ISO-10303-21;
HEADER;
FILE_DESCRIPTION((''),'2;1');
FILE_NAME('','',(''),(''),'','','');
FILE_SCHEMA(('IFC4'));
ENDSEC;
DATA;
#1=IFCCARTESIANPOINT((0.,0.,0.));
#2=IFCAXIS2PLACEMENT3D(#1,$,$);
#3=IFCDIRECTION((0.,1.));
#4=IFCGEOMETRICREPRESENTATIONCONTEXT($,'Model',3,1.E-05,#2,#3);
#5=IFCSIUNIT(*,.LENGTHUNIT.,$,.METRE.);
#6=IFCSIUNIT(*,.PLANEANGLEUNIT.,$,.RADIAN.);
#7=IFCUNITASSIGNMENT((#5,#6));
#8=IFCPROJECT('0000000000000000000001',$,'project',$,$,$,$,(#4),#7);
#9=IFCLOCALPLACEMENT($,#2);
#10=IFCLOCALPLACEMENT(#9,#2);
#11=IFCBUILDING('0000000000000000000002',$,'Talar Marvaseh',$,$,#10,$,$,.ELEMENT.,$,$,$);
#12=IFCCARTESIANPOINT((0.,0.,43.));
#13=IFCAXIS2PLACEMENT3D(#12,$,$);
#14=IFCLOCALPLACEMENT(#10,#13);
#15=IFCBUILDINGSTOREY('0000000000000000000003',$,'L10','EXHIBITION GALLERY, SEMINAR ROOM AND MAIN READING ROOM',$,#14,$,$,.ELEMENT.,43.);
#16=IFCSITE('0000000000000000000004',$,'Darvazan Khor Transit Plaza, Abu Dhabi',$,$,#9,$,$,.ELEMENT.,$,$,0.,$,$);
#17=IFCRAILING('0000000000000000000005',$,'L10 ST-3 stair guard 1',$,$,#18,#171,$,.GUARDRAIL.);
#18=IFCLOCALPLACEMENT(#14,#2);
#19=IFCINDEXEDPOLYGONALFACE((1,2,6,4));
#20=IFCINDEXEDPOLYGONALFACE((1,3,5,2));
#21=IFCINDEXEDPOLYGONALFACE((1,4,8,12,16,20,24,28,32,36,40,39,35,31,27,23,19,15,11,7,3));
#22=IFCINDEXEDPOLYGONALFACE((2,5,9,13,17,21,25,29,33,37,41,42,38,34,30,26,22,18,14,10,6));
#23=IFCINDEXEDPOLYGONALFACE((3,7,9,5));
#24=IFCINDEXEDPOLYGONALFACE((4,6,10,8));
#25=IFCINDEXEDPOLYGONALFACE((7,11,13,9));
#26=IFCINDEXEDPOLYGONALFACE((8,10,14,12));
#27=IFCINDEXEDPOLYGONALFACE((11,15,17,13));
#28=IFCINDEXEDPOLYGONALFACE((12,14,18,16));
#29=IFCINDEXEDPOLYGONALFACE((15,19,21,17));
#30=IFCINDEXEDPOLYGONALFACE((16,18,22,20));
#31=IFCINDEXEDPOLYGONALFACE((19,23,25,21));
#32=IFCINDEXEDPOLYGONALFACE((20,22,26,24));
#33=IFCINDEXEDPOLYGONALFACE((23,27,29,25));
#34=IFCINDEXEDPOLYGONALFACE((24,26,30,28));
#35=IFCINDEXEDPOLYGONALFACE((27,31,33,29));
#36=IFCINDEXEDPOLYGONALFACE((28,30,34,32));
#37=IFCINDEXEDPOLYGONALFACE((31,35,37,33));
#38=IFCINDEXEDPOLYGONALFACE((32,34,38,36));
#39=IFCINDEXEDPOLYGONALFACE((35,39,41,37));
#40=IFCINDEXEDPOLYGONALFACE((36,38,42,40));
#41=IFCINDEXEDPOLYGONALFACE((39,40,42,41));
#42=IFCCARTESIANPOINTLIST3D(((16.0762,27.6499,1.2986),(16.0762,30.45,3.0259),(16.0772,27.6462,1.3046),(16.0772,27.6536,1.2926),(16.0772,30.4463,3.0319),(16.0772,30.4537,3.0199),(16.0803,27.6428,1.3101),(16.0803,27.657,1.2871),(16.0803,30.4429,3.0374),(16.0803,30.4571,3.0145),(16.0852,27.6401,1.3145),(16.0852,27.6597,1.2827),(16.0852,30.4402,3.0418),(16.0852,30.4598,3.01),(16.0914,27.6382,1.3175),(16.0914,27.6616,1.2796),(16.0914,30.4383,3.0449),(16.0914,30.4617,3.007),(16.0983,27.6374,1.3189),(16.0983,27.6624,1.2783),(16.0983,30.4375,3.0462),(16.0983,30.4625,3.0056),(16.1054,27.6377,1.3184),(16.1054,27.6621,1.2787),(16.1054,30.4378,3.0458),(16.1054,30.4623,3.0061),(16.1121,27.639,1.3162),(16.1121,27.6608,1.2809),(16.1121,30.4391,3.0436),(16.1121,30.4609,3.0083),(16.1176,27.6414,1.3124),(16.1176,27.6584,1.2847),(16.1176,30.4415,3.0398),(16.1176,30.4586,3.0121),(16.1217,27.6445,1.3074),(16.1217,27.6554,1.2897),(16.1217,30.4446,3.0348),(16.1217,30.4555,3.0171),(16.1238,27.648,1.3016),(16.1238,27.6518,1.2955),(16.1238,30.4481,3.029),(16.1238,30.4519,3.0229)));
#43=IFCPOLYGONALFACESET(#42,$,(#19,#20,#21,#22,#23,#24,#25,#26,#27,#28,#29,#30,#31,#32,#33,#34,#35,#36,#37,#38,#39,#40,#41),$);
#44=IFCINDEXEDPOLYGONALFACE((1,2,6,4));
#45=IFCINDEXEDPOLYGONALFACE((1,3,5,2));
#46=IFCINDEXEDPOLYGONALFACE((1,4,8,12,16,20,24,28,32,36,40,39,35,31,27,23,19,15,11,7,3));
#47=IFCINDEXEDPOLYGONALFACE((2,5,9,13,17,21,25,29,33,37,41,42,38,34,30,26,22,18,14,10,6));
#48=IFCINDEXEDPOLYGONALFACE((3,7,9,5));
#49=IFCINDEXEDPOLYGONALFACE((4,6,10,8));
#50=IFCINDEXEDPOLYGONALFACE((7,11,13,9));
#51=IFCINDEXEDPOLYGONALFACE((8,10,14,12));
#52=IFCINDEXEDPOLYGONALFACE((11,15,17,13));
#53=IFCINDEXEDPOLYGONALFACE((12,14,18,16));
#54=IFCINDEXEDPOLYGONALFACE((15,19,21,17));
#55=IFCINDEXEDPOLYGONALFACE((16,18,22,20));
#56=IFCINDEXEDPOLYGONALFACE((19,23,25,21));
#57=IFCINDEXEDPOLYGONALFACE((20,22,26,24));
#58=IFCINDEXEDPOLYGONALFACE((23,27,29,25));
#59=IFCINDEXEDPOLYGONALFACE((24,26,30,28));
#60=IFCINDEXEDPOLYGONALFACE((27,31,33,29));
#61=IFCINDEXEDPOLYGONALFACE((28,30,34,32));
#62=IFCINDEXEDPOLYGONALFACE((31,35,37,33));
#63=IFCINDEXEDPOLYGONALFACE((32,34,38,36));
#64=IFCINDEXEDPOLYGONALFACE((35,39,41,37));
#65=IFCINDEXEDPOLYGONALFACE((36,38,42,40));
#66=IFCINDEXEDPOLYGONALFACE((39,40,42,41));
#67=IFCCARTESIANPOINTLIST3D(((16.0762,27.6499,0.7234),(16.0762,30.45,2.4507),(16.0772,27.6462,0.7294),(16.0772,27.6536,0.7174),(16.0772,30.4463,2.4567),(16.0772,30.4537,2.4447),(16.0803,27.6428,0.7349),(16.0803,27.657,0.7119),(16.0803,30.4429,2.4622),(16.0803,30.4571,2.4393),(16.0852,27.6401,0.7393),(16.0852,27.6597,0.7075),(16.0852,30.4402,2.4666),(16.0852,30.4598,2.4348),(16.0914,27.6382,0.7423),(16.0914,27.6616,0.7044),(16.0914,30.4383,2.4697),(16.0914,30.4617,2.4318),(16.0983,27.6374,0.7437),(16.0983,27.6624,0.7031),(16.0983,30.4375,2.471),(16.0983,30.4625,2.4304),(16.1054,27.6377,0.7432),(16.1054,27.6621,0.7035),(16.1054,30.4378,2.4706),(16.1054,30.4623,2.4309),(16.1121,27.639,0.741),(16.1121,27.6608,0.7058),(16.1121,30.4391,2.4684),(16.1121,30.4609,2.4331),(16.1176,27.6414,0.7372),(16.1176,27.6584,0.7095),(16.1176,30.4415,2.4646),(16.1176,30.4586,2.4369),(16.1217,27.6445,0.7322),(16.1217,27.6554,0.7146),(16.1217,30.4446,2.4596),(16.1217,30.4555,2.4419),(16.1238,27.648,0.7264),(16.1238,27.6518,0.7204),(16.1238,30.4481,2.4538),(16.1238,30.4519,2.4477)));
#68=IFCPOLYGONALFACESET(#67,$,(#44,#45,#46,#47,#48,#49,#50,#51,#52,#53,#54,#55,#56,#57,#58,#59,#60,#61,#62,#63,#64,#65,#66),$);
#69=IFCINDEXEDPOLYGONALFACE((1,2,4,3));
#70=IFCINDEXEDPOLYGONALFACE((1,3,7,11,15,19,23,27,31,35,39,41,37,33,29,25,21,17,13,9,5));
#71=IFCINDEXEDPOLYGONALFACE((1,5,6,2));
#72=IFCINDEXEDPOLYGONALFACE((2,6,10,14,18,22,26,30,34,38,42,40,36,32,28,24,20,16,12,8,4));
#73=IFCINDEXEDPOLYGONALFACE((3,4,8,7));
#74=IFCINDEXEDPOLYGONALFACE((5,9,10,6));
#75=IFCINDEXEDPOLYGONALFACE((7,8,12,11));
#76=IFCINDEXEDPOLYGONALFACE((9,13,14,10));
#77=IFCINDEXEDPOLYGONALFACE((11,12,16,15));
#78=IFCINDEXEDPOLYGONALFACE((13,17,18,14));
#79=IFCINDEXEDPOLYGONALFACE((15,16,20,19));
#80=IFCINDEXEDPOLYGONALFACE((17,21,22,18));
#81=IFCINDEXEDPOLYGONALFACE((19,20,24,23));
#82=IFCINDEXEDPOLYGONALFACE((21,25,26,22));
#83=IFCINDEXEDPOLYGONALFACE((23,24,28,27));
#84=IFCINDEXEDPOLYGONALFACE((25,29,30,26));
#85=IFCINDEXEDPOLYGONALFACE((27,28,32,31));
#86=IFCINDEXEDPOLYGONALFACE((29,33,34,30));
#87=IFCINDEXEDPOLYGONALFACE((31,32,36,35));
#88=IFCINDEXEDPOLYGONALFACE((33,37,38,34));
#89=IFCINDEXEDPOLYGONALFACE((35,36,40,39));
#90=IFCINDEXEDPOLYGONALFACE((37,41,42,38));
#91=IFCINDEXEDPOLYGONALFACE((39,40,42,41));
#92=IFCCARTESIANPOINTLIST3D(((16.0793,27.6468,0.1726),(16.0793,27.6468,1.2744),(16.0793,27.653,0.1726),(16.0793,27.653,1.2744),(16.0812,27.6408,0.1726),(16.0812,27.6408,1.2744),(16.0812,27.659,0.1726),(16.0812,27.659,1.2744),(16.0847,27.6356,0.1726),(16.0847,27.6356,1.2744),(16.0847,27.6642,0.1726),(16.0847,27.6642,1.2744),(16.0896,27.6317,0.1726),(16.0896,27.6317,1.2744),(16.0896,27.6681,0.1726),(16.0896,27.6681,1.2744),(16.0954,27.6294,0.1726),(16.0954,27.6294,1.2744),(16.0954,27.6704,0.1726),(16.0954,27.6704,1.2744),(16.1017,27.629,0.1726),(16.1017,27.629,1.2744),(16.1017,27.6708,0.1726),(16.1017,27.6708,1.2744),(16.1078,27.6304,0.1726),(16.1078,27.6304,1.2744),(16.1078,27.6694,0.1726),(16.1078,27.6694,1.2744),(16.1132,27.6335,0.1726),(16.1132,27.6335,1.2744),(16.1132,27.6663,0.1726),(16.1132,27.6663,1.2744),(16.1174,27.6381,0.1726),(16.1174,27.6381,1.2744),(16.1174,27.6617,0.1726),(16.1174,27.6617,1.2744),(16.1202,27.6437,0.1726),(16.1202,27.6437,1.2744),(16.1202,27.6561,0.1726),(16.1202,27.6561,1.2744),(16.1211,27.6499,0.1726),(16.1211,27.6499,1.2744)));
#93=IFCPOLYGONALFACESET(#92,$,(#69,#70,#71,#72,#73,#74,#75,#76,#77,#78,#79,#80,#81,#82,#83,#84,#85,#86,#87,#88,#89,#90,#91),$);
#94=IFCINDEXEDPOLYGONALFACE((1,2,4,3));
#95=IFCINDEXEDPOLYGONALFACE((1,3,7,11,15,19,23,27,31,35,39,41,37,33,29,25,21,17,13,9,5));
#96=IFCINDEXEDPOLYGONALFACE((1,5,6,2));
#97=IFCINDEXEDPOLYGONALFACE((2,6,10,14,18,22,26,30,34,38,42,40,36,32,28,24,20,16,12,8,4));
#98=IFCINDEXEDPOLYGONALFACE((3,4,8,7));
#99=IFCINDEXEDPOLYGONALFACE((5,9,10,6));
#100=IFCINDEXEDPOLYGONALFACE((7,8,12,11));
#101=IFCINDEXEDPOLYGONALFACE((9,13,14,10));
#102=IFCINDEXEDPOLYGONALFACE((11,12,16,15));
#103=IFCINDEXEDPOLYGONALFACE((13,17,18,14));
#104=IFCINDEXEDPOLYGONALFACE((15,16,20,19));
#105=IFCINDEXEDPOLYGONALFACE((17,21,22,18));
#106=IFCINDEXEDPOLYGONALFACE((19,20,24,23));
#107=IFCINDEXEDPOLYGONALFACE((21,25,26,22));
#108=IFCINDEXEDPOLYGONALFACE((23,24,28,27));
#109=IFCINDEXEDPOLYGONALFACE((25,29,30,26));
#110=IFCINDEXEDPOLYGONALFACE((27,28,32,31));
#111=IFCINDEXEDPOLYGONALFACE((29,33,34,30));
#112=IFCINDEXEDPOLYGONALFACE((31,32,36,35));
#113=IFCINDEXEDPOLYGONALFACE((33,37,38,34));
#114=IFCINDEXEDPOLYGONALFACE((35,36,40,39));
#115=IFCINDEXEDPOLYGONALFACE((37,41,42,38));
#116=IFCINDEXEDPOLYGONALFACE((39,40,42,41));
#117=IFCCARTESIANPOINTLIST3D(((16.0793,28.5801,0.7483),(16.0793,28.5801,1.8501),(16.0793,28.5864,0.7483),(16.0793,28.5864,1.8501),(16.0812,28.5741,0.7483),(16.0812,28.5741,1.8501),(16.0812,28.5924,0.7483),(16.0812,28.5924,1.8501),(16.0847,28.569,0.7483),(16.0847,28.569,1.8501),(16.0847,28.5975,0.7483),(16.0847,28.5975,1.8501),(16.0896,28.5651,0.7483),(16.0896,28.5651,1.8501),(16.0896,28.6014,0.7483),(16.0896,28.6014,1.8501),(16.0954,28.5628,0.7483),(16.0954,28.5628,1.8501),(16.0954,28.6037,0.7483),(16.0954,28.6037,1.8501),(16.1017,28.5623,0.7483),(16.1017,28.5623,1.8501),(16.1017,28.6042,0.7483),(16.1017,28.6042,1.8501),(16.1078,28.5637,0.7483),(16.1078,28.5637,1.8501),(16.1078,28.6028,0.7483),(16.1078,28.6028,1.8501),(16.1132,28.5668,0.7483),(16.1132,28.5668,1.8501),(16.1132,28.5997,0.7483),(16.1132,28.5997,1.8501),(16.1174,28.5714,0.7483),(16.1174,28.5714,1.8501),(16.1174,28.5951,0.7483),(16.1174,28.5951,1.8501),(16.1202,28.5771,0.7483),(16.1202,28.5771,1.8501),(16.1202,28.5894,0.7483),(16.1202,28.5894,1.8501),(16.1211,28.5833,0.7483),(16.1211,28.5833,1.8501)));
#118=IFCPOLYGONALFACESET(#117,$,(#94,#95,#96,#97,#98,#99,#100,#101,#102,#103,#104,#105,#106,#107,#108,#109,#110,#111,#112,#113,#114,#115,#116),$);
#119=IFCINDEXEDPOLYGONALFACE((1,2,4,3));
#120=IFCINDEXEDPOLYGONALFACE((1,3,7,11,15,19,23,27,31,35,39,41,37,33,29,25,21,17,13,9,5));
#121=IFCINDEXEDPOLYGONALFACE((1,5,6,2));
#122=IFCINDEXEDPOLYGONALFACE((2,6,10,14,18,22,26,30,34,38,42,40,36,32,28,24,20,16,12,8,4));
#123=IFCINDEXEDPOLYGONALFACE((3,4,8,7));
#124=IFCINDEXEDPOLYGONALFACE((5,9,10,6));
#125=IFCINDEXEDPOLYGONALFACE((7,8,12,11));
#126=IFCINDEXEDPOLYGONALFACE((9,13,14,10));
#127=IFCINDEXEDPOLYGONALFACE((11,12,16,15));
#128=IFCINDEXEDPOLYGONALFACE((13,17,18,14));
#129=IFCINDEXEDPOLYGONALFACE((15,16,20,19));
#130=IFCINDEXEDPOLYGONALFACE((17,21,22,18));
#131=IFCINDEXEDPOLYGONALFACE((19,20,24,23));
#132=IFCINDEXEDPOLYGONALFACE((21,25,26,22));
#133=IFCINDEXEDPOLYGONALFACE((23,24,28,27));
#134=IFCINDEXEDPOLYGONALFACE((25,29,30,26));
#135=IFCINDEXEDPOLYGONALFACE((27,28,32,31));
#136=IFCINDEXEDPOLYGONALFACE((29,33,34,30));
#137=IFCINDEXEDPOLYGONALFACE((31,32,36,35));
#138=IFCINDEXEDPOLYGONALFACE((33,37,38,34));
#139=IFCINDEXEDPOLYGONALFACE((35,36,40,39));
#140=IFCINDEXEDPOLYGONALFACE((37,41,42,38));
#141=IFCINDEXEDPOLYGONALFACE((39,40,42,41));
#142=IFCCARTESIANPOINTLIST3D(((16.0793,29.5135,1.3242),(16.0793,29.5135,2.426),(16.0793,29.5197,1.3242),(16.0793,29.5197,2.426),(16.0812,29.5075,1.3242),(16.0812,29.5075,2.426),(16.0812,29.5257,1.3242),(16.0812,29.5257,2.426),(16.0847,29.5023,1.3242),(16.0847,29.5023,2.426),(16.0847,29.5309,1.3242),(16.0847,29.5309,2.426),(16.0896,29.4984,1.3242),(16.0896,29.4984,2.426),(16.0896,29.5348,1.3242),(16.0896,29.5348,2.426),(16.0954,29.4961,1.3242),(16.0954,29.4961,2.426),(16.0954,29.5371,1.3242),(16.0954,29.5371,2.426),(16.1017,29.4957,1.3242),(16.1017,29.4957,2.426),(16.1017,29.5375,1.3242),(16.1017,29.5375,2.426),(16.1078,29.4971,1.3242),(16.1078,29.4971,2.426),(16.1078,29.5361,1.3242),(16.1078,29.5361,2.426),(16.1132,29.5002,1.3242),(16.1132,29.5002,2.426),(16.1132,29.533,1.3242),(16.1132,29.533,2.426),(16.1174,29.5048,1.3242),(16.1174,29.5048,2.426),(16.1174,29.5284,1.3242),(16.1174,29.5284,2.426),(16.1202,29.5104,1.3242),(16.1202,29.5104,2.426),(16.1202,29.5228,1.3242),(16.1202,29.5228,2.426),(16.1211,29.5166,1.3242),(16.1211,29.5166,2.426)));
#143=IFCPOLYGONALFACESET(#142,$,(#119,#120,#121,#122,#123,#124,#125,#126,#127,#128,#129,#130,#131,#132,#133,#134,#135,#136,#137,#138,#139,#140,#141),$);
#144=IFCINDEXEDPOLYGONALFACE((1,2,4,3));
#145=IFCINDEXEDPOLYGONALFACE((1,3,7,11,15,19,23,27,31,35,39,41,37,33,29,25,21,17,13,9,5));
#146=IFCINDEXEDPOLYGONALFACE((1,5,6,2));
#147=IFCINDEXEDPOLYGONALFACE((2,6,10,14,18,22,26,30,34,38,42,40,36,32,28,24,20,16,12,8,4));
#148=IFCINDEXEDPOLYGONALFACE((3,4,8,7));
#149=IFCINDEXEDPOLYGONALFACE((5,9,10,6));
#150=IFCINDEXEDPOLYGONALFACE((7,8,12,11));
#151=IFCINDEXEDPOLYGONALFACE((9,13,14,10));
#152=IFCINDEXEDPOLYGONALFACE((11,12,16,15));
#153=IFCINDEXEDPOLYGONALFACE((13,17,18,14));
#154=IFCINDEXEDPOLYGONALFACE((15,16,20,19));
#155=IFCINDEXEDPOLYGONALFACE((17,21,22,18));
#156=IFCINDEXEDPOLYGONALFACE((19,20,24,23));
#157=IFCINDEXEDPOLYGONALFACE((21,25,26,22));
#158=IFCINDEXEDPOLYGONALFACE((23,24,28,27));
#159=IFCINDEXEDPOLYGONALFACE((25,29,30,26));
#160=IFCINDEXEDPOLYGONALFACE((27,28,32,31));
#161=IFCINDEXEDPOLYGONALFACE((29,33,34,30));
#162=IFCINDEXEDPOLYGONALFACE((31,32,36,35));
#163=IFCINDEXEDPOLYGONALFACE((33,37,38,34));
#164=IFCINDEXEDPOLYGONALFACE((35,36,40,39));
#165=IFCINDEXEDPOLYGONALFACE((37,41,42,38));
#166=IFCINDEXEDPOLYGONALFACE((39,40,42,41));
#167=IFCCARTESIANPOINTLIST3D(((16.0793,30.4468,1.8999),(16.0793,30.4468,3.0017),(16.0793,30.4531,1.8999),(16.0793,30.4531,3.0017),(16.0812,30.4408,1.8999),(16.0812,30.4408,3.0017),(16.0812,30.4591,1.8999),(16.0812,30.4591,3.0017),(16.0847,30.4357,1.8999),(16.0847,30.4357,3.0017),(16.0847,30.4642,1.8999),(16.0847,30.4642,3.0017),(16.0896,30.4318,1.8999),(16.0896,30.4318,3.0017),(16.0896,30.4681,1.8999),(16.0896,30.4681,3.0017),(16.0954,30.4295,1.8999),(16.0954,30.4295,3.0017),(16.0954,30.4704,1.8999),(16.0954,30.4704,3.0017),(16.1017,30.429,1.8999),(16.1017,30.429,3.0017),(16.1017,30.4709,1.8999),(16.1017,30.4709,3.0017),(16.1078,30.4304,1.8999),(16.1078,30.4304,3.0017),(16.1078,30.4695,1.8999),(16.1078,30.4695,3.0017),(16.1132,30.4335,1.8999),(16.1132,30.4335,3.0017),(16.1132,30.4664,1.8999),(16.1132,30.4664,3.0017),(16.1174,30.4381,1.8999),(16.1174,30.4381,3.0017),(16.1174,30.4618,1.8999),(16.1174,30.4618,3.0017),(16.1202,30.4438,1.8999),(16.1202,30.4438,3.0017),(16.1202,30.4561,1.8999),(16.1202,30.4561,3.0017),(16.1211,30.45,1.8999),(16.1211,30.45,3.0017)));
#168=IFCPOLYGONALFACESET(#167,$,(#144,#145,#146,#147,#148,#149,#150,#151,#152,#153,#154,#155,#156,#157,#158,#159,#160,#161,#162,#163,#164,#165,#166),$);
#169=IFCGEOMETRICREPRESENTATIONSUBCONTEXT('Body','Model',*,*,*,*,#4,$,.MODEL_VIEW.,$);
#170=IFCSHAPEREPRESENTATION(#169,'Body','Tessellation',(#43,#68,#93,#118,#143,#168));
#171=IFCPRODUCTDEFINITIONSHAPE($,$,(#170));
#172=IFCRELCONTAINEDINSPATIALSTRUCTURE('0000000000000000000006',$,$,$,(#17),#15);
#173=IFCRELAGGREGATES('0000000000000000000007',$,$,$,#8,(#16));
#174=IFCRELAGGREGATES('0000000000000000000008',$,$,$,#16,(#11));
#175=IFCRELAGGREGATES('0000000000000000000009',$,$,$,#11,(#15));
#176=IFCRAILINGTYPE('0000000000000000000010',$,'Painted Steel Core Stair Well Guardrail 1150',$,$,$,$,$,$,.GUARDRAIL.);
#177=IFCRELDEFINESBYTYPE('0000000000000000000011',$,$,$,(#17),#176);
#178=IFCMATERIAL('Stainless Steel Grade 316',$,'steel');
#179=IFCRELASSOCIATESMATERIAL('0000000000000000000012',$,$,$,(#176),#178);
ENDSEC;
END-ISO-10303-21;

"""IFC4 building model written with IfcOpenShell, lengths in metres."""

from ifc_helpers import new_model, si_unit, direction, frame, origin, origin_2d, place, context, subcontext, project, spatial, circle, extrude, material, type_object, element, save


model = new_model("IFC4")

# Units and contexts
model_context = context("Model", 3, precision=1e-05, world=origin(), true_north=direction((0.0, 1.0)))
body_context = subcontext(model_context, "Body", "Model", "MODEL_VIEW")
ifc_project = project(units=[si_unit("LENGTHUNIT", "METRE"), si_unit("PLANEANGLEUNIT", "RADIAN")], contexts=[model_context])

# Site, building, storey
site_placement = place(None, origin())
site = spatial("IfcSite", under=ifc_project, at=site_placement, Name="Darvazan Khor Transit Plaza, Abu Dhabi", CompositionType="ELEMENT", RefElevation=0.0)
building_placement = place(site_placement, origin())
building = spatial("IfcBuilding", under=site, at=building_placement, Name="Talar Marvaseh", CompositionType="ELEMENT")
storey_placement = place(building_placement, frame((0.0, 0.0, 43.0)))
storey = spatial("IfcBuildingStorey", under=building, at=storey_placement, Name="L10", Description="EXHIBITION GALLERY, SEMINAR ROOM AND MAIN READING ROOM", CompositionType="ELEMENT", Elevation=43.0)

# Railing
ifc_material_1 = material(Name="Stainless Steel Grade 316", Category="steel")
railing_type_1 = type_object("IfcRailingType", Name="Painted Steel Core Stair Well Guardrail 1150", PredefinedType="GUARDRAIL", material=ifc_material_1)
railing_1_placement = place(storey_placement, frame((16.1001, 27.6499, 0.1726)))
element("IfcRailing", 1, at=railing_1_placement, inside=storey, type_object=railing_type_1, Name="L10 ST-3 stair guard 1", PredefinedType="GUARDRAIL", context=body_context, shape_type="SweptSolid", body=[
    extrude(circle(Radius=0.0239, at=origin_2d()), frame((0.0, 0.0, 1.126), z_axis=(0.0, 0.85109, 0.52502), x_axis=(-1.0, 0.0, 0.0)), (0.0, 0.0, 1.0), 3.29),
    extrude(circle(Radius=0.0239, at=origin_2d()), frame((0.0, 0.0, 0.5508), z_axis=(0.0, 0.85109, 0.52502), x_axis=(-1.0, 0.0, 0.0)), (0.0, 0.0, 1.0), 3.29),
    extrude(circle(Radius=0.021, at=origin_2d()), origin(), (0.0, 0.0, 1.0), 1.1018),
    extrude(circle(Radius=0.021, at=origin_2d()), frame((0.0, 0.9333, 0.5757)), (0.0, 0.0, 1.0), 1.1018),
    extrude(circle(Radius=0.021, at=origin_2d()), frame((0.0, 1.8667, 1.1516)), (0.0, 0.0, 1.0), 1.1018),
    extrude(circle(Radius=0.021, at=origin_2d()), frame((0.0, 2.8, 1.7273)), (0.0, 0.0, 1.0), 1.1018),
])

save(model, "model.ifc")
